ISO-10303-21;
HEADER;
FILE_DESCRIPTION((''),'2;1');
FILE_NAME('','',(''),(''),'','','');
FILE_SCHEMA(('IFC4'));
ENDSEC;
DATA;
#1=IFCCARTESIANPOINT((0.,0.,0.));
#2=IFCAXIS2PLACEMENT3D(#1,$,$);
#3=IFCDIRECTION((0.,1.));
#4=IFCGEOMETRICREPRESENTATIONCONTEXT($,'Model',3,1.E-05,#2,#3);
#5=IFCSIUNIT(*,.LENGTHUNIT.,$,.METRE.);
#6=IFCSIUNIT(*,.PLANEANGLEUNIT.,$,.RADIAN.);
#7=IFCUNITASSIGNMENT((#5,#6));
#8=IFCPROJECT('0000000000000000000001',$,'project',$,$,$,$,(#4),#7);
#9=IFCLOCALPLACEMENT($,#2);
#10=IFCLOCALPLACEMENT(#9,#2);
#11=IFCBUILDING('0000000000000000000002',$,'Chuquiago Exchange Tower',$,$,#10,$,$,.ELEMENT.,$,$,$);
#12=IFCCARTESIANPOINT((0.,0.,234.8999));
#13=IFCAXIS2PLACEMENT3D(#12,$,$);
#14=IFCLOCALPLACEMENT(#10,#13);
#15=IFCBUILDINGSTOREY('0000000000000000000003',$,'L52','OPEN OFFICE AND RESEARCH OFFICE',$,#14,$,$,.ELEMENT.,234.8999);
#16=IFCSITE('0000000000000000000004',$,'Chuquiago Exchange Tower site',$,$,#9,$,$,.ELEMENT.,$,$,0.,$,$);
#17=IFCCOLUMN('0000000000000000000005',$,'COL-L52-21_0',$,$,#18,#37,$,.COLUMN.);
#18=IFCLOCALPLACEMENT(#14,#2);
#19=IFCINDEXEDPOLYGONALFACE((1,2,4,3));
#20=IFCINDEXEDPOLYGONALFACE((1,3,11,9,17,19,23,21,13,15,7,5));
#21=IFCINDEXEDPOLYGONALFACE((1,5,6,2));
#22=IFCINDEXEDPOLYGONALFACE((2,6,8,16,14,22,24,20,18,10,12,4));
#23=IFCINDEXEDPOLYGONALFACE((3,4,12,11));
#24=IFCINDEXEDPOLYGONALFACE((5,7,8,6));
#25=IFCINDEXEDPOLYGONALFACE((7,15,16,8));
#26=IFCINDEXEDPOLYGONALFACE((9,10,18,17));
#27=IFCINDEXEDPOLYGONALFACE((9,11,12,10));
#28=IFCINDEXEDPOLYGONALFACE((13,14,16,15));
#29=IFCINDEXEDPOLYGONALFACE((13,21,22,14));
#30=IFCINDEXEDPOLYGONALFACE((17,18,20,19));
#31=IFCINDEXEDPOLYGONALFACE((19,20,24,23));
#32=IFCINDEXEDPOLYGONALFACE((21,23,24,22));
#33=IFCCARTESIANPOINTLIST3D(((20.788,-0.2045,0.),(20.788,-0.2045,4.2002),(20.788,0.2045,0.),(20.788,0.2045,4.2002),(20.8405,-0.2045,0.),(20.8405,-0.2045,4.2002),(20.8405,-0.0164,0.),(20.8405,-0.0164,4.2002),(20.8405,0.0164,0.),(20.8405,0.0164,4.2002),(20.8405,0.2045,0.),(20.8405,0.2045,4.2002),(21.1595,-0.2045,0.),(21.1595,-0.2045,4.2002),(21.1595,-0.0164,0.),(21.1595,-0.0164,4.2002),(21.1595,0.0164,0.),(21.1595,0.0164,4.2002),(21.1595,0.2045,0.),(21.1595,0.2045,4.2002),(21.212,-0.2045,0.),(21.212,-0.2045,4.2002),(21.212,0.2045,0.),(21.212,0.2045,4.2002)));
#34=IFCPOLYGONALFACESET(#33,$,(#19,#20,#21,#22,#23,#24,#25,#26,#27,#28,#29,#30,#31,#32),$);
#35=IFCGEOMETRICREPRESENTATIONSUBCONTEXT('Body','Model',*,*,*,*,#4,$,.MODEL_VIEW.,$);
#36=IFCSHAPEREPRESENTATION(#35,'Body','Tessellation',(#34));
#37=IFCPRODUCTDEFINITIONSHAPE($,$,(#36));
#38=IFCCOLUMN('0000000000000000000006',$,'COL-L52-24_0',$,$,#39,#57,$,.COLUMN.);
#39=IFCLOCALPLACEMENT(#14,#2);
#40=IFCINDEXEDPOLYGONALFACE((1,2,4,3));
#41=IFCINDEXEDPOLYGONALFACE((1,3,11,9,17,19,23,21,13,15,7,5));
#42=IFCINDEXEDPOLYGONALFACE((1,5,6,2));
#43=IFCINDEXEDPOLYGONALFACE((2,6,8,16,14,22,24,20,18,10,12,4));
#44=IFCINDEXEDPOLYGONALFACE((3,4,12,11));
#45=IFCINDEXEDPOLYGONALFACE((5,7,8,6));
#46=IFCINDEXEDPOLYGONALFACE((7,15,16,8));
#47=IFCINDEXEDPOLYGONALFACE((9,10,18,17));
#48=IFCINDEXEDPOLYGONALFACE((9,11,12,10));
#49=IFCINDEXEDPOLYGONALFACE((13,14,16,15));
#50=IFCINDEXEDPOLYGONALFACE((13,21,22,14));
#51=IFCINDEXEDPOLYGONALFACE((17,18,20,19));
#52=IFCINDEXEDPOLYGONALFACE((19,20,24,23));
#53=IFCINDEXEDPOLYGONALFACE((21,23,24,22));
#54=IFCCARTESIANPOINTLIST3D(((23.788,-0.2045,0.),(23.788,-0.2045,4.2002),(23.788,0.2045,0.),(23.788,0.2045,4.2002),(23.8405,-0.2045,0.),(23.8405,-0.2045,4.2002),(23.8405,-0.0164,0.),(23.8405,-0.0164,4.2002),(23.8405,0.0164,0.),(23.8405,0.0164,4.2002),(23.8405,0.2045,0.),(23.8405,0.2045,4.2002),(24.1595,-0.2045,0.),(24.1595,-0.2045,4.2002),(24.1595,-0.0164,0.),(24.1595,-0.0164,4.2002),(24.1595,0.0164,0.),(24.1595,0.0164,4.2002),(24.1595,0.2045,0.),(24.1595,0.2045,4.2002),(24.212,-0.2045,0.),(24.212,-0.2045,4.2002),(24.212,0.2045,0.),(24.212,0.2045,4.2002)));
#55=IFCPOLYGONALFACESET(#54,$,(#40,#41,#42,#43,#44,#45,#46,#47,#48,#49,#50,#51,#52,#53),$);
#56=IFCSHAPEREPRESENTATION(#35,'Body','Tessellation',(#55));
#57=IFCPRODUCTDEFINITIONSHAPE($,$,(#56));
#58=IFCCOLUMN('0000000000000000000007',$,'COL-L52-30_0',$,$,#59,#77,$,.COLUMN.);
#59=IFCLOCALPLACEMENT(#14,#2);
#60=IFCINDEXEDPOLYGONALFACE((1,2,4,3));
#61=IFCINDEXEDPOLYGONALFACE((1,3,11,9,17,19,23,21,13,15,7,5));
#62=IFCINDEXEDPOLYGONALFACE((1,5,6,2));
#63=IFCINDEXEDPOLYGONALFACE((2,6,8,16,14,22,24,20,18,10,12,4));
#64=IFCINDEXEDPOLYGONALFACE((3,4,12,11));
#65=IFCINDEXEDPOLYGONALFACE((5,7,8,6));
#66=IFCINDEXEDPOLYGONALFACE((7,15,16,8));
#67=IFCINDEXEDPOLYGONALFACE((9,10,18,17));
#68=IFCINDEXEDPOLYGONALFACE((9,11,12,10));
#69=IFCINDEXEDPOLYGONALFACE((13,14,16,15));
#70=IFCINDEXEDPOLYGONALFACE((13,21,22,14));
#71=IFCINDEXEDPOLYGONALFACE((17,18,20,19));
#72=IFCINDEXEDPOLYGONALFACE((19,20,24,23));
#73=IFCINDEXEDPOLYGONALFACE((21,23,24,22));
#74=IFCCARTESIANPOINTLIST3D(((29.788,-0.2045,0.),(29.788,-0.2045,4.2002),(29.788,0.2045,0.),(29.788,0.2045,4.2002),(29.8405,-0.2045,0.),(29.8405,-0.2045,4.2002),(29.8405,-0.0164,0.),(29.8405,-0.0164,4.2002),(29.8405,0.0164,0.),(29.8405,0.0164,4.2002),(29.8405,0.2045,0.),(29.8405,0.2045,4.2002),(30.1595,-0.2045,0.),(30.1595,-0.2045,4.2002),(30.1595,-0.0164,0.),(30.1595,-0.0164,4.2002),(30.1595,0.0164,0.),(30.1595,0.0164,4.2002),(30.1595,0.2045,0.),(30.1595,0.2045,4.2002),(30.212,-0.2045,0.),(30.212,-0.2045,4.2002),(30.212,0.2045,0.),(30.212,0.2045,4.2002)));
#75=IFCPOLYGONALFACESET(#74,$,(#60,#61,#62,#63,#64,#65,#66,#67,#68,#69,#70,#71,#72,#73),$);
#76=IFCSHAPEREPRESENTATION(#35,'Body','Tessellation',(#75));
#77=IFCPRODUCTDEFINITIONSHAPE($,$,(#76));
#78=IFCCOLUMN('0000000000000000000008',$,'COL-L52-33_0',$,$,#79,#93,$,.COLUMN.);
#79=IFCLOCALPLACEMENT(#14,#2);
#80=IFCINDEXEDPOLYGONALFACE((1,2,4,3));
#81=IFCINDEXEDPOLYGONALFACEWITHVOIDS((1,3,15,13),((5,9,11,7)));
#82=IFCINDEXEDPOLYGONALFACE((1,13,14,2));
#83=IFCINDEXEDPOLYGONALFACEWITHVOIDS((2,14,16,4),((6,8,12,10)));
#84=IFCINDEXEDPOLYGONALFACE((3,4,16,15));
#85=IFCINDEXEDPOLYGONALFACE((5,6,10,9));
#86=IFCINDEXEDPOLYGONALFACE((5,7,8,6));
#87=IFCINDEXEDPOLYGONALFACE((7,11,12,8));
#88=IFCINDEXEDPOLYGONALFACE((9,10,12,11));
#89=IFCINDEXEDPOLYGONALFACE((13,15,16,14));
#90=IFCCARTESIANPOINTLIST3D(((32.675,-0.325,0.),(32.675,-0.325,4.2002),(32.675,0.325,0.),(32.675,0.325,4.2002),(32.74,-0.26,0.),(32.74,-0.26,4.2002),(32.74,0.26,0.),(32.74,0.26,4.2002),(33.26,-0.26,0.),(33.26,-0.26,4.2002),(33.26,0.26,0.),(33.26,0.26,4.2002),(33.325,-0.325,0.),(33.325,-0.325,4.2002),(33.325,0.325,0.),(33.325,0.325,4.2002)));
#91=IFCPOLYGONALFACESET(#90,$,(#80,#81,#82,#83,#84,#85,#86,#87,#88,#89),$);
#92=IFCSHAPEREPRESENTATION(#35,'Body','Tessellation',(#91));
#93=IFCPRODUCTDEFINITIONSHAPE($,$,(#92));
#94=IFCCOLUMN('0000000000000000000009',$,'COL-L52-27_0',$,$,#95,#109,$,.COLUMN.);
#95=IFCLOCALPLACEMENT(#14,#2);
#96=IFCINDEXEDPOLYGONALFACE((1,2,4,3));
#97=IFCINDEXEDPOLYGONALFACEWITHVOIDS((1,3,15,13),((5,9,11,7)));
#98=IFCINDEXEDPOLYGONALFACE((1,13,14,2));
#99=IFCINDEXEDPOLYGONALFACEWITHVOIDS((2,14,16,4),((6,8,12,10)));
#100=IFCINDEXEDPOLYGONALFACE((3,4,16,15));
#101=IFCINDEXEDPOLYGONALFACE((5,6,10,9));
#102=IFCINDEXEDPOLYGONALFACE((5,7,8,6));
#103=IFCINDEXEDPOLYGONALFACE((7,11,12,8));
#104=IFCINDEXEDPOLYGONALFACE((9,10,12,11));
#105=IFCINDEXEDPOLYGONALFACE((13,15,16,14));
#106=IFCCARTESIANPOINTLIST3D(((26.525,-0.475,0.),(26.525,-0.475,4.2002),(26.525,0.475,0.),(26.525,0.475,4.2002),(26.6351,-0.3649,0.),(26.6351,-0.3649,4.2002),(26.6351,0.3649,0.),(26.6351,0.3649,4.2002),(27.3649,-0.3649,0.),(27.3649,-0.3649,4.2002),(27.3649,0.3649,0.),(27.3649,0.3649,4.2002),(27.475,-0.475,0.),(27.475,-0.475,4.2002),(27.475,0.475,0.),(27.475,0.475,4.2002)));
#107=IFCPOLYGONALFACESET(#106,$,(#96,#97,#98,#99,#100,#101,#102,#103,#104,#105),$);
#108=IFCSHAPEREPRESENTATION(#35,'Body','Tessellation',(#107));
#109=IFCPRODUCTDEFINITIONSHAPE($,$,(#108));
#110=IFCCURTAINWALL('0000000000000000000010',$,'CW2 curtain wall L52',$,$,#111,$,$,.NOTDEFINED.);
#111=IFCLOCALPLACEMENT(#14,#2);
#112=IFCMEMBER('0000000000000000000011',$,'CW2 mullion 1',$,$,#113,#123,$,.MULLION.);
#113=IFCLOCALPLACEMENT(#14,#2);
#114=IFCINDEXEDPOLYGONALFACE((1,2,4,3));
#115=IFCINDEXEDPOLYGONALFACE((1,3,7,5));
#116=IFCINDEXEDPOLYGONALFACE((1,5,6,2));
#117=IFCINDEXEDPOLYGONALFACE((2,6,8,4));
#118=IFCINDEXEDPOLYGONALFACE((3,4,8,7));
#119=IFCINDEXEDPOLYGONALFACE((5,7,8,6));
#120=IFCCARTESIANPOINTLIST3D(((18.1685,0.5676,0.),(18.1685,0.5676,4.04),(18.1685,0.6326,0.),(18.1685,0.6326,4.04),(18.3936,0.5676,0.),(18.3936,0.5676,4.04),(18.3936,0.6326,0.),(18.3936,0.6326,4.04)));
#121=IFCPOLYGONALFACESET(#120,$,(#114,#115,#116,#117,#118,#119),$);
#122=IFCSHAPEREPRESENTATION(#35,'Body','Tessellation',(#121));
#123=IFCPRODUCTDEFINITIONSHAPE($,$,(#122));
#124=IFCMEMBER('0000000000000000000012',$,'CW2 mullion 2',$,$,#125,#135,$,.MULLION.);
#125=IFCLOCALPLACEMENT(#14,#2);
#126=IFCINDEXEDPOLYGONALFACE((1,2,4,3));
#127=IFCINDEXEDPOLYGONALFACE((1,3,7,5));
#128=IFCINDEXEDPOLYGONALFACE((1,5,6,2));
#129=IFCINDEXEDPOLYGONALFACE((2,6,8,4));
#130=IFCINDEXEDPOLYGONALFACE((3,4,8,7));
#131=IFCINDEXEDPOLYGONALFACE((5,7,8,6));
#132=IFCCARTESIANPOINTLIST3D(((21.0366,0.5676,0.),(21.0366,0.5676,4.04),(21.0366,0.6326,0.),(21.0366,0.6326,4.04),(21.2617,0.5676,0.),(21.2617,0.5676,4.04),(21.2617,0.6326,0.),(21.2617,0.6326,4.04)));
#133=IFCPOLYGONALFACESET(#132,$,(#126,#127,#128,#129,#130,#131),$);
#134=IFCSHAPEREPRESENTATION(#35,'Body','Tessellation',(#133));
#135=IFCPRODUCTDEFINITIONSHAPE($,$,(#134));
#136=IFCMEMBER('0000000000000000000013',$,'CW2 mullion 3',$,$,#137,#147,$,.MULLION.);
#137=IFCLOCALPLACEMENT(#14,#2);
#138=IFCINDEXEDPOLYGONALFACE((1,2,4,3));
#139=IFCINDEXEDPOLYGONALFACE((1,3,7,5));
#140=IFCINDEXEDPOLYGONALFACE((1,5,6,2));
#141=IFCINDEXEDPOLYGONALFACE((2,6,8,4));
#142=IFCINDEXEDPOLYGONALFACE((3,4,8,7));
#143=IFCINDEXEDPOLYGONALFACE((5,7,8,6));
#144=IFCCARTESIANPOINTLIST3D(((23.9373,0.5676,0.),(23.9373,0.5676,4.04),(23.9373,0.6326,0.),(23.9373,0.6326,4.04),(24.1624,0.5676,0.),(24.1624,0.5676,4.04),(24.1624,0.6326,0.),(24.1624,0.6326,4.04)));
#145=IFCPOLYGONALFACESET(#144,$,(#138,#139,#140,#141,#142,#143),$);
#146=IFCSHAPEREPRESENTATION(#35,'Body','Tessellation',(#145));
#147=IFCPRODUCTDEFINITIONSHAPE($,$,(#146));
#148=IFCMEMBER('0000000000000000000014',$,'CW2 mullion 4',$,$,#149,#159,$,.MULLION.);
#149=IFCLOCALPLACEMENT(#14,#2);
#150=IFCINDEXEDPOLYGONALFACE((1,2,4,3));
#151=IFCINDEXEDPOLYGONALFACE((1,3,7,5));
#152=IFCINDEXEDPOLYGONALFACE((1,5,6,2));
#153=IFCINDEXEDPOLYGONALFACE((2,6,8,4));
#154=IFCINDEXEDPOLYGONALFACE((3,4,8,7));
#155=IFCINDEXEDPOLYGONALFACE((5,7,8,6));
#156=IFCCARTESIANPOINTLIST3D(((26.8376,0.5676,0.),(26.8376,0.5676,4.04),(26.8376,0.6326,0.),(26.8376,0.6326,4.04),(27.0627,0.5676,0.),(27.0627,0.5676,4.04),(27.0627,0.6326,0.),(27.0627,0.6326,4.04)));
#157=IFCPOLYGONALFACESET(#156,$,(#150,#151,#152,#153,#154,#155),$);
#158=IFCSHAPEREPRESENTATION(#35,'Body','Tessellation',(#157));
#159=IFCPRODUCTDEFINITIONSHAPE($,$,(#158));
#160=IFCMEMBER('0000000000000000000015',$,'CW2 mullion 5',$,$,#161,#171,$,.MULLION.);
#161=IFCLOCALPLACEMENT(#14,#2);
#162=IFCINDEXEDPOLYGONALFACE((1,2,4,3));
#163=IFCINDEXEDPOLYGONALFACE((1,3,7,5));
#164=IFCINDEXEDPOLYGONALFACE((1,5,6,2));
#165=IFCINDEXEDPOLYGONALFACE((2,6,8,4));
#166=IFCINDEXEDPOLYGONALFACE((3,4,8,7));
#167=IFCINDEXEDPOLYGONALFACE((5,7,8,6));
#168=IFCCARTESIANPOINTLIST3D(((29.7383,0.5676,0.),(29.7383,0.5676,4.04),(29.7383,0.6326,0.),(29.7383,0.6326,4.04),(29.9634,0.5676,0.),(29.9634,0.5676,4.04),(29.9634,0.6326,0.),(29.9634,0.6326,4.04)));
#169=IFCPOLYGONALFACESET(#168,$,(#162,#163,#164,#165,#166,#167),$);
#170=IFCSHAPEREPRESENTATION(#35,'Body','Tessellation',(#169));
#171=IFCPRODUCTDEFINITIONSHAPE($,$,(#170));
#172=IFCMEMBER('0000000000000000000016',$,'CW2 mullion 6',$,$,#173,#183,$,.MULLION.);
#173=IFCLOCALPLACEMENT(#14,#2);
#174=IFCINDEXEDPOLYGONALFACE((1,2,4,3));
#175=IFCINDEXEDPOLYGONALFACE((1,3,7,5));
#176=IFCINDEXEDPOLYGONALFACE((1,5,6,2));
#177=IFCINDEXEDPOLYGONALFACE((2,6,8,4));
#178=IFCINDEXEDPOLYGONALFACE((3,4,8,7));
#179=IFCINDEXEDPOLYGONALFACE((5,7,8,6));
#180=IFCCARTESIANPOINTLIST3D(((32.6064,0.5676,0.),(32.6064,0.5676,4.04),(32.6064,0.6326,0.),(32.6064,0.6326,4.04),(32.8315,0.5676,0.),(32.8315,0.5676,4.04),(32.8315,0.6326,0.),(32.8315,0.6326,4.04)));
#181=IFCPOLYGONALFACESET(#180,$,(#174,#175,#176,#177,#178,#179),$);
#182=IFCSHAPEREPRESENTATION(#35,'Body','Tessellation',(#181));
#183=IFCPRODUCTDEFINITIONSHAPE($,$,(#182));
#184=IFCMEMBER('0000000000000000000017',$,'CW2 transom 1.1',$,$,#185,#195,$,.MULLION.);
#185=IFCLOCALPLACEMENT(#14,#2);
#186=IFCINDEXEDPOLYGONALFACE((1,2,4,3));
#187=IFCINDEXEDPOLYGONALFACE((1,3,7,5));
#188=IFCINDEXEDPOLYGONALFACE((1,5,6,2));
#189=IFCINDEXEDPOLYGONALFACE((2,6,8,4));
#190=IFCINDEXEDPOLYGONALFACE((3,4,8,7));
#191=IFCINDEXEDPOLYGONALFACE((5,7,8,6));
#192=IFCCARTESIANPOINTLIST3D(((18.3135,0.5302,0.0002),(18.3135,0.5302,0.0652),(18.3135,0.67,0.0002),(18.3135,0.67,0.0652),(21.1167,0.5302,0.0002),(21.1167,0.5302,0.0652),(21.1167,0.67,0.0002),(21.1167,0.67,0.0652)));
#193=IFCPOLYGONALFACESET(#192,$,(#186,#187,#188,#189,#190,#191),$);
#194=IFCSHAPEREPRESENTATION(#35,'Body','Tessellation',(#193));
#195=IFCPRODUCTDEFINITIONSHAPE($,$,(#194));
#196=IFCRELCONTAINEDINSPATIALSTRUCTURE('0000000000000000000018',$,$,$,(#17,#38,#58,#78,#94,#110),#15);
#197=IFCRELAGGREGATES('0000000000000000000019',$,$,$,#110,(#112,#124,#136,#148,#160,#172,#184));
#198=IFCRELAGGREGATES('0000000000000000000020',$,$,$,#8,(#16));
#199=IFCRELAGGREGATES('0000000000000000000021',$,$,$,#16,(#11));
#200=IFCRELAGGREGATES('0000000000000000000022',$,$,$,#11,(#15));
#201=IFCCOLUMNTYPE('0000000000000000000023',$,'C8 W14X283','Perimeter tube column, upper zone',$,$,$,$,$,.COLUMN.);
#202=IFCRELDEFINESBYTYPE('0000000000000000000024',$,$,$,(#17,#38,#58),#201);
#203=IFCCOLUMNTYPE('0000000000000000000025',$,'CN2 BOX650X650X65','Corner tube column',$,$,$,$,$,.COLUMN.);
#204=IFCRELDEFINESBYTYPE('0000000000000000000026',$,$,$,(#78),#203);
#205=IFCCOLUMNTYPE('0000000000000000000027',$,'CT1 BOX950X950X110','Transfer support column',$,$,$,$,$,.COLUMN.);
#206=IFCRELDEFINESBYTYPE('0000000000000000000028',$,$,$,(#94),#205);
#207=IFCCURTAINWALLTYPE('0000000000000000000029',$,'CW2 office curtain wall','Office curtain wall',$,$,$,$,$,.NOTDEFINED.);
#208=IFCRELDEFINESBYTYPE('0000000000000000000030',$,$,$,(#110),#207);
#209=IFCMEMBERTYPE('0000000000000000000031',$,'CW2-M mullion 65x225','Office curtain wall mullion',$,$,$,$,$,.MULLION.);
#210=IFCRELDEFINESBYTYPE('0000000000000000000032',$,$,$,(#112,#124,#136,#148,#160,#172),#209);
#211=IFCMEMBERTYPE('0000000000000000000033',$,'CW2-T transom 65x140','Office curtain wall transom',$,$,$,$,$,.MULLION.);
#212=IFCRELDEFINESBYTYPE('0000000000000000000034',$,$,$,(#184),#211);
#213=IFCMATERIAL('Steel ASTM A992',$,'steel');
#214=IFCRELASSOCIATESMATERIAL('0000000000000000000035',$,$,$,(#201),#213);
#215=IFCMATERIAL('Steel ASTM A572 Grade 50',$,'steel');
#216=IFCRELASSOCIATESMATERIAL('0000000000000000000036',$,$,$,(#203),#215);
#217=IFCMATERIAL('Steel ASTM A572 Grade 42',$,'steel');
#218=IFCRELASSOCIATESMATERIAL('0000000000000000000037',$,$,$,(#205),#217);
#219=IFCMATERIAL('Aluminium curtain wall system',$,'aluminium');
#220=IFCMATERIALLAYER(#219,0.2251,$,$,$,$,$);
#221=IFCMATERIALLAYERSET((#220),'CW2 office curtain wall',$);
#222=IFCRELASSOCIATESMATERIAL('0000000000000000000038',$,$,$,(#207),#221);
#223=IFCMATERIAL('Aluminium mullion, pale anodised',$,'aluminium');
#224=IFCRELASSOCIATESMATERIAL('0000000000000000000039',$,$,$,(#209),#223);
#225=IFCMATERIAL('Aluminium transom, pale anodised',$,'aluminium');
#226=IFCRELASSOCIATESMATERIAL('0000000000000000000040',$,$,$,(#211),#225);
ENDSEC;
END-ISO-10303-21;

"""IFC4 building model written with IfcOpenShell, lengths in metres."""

from ifc_helpers import new_model, si_unit, direction, frame, origin, origin_2d, place, context, subcontext, project, spatial, rectangle, hollow_rectangle, i_section, extrude, material, layer, layer_set, material_profile, profile_set, type_object, element, aggregate, save


model = new_model("IFC4")

# Units and contexts
model_context = context("Model", 3, precision=1e-05, world=origin(), true_north=direction((0.0, 1.0)))
body_context = subcontext(model_context, "Body", "Model", "MODEL_VIEW")
ifc_project = project(units=[si_unit("LENGTHUNIT", "METRE"), si_unit("PLANEANGLEUNIT", "RADIAN")], contexts=[model_context])

# Site, building, storey
site_placement = place(None, origin())
site = spatial("IfcSite", under=ifc_project, at=site_placement, Name="Chuquiago Exchange Tower site", CompositionType="ELEMENT", RefElevation=0.0)
building_placement = place(site_placement, origin())
building = spatial("IfcBuilding", under=site, at=building_placement, Name="Chuquiago Exchange Tower", CompositionType="ELEMENT")
storey_placement = place(building_placement, frame((0.0, 0.0, 234.8999)))
storey = spatial("IfcBuildingStorey", under=building, at=storey_placement, Name="L52", Description="OPEN OFFICE AND RESEARCH OFFICE", CompositionType="ELEMENT", Elevation=234.8999)

# Columns
ifc_material_1 = material(Name="Steel ASTM A992", Category="steel")
ifc_material_profile_1 = material_profile(ifc_material_1, i_section(OverallWidth=0.4089, OverallDepth=0.4241, WebThickness=0.0327, FlangeThickness=0.0525, at=origin_2d()), Name="W14X283")
ifc_profile_set_1 = profile_set([ifc_material_profile_1], Name="Steel ASTM A992")
column_type_1 = type_object("IfcColumnType", Name="C8 W14X283", Description="Perimeter tube column, upper zone", PredefinedType="COLUMN", material=ifc_profile_set_1)
for number, where, z_axis, x_axis, name in (
    (1, (21.0, 0.0, 0.0), (0.0, 0.0, 1.0), (0.0, -1.0, 0.0), "COL-L52-21_0"),
    (2, (24.0, 0.0, 0.0), (0.0, 0.0, 1.0), (0.0, -1.0, 0.0), "COL-L52-24_0"),
    (3, (30.0, 0.0, 0.0), (0.0, 0.0, 1.0), (0.0, -1.0, 0.0), "COL-L52-30_0"),
):
    element("IfcColumn", number, at=place(storey_placement, frame(where, z_axis=z_axis, x_axis=x_axis)), inside=storey, type_object=column_type_1, Name=name, PredefinedType="COLUMN", context=body_context, shape_type="SweptSolid", body=[
        extrude(i_section(OverallWidth=0.4089, OverallDepth=0.4241, WebThickness=0.0327, FlangeThickness=0.0525, at=origin_2d()), origin(), (0.0, 0.0, 1.0), 4.2002),
    ])
ifc_material_2 = material(Name="Steel ASTM A572 Grade 50", Category="steel")
ifc_material_profile_2 = material_profile(ifc_material_2, hollow_rectangle(XDim=0.6499, YDim=0.6499, WallThickness=0.0649, at=origin_2d()), Name="BOX650X650X65")
ifc_profile_set_2 = profile_set([ifc_material_profile_2], Name="Steel ASTM A572 Grade 50")
column_type_2 = type_object("IfcColumnType", Name="CN2 BOX650X650X65", Description="Corner tube column", PredefinedType="COLUMN", material=ifc_profile_set_2)
column_1_placement = place(storey_placement, frame((33.0, 0.0, 0.0), z_axis=(0.0, 0.0, 1.0), x_axis=(0.0, -1.0, 0.0)))
element("IfcColumn", 4, at=column_1_placement, inside=storey, type_object=column_type_2, Name="COL-L52-33_0", PredefinedType="COLUMN", context=body_context, shape_type="SweptSolid", body=[
    extrude(hollow_rectangle(XDim=0.6499, YDim=0.6499, WallThickness=0.0649, at=origin_2d()), origin(), (0.0, 0.0, 1.0), 4.2002),
])
ifc_material_3 = material(Name="Steel ASTM A572 Grade 42", Category="steel")
ifc_material_profile_3 = material_profile(ifc_material_3, hollow_rectangle(XDim=0.95, YDim=0.95, WallThickness=0.1101, at=origin_2d()), Name="BOX950X950X110")
ifc_profile_set_3 = profile_set([ifc_material_profile_3], Name="Steel ASTM A572 Grade 42")
column_type_3 = type_object("IfcColumnType", Name="CT1 BOX950X950X110", Description="Transfer support column", PredefinedType="COLUMN", material=ifc_profile_set_3)
column_2_placement = place(storey_placement, frame((27.0, 0.0, 0.0), z_axis=(0.0, 0.0, 1.0), x_axis=(0.0, -1.0, 0.0)))
element("IfcColumn", 5, at=column_2_placement, inside=storey, type_object=column_type_3, Name="COL-L52-27_0", PredefinedType="COLUMN", context=body_context, shape_type="SweptSolid", body=[
    extrude(hollow_rectangle(XDim=0.95, YDim=0.95, WallThickness=0.1101, at=origin_2d()), origin(), (0.0, 0.0, 1.0), 4.2002),
])

# Curtain wall, members
ifc_material_4 = material(Name="Aluminium curtain wall system", Category="aluminium")
ifc_layer_1 = layer(ifc_material_4, 0.2251)
ifc_layer_set_1 = layer_set([ifc_layer_1], Name="CW2 office curtain wall")
curtain_wall_type_1 = type_object("IfcCurtainWallType", Name="CW2 office curtain wall", Description="Office curtain wall", PredefinedType="NOTDEFINED", material=ifc_layer_set_1)
curtain_wall_1_placement = place(storey_placement, origin())
curtain_wall_1 = element("IfcCurtainWall", 6, at=curtain_wall_1_placement, inside=storey, type_object=curtain_wall_type_1, Name="CW2 curtain wall L52", PredefinedType="NOTDEFINED")
ifc_material_5 = material(Name="Aluminium mullion, pale anodised", Category="aluminium")
ifc_material_profile_4 = material_profile(ifc_material_5, rectangle(XDim=0.0649, YDim=0.2251, at=origin_2d()), Name="AL 65x225")
ifc_profile_set_4 = profile_set([ifc_material_profile_4], Name="Aluminium mullion, pale anodised")
member_type_1 = type_object("IfcMemberType", Name="CW2-M mullion 65x225", Description="Office curtain wall mullion", PredefinedType="MULLION", material=ifc_profile_set_4)
member_1_placement = place(storey_placement, frame((18.281, 0.6001, 0.0), z_axis=(0.0, 0.0, 1.0), x_axis=(0.0, 1.0, 0.0)))
member_1 = element("IfcMember", 7, at=member_1_placement, type_object=member_type_1, Name="CW2 mullion 1", PredefinedType="MULLION", context=body_context, shape_type="SweptSolid", body=[
    extrude(rectangle(XDim=0.0649, YDim=0.2251, at=origin_2d()), origin(), (0.0, 0.0, 1.0), 4.04),
])
member_2_placement = place(storey_placement, frame((21.1492, 0.6001, 0.0), z_axis=(0.0, 0.0, 1.0), x_axis=(0.0, 1.0, 0.0)))
member_2 = element("IfcMember", 8, at=member_2_placement, type_object=member_type_1, Name="CW2 mullion 2", PredefinedType="MULLION", context=body_context, shape_type="SweptSolid", body=[
    extrude(rectangle(XDim=0.0649, YDim=0.2251, at=origin_2d()), origin(), (0.0, 0.0, 1.0), 4.04),
])
member_3_placement = place(storey_placement, frame((24.0498, 0.6001, 0.0), z_axis=(0.0, 0.0, 1.0), x_axis=(0.0, 1.0, 0.0)))
member_3 = element("IfcMember", 9, at=member_3_placement, type_object=member_type_1, Name="CW2 mullion 3", PredefinedType="MULLION", context=body_context, shape_type="SweptSolid", body=[
    extrude(rectangle(XDim=0.0649, YDim=0.2251, at=origin_2d()), origin(), (0.0, 0.0, 1.0), 4.04),
])
member_4_placement = place(storey_placement, frame((26.9502, 0.6001, 0.0), z_axis=(0.0, 0.0, 1.0), x_axis=(0.0, 1.0, 0.0)))
member_4 = element("IfcMember", 10, at=member_4_placement, type_object=member_type_1, Name="CW2 mullion 4", PredefinedType="MULLION", context=body_context, shape_type="SweptSolid", body=[
    extrude(rectangle(XDim=0.0649, YDim=0.2251, at=origin_2d()), origin(), (0.0, 0.0, 1.0), 4.04),
])
member_5_placement = place(storey_placement, frame((29.8508, 0.6001, 0.0), z_axis=(0.0, 0.0, 1.0), x_axis=(0.0, 1.0, 0.0)))
member_5 = element("IfcMember", 11, at=member_5_placement, type_object=member_type_1, Name="CW2 mullion 5", PredefinedType="MULLION", context=body_context, shape_type="SweptSolid", body=[
    extrude(rectangle(XDim=0.0649, YDim=0.2251, at=origin_2d()), origin(), (0.0, 0.0, 1.0), 4.04),
])
member_6_placement = place(storey_placement, frame((32.719, 0.6001, 0.0), z_axis=(0.0, 0.0, 1.0), x_axis=(0.0, 1.0, 0.0)))
member_6 = element("IfcMember", 12, at=member_6_placement, type_object=member_type_1, Name="CW2 mullion 6", PredefinedType="MULLION", context=body_context, shape_type="SweptSolid", body=[
    extrude(rectangle(XDim=0.0649, YDim=0.2251, at=origin_2d()), origin(), (0.0, 0.0, 1.0), 4.04),
])
ifc_material_6 = material(Name="Aluminium transom, pale anodised", Category="aluminium")
ifc_material_profile_5 = material_profile(ifc_material_6, rectangle(XDim=0.1399, YDim=0.0649, at=origin_2d()), Name="AL 140x65")
ifc_profile_set_5 = profile_set([ifc_material_profile_5], Name="Aluminium transom, pale anodised")
member_type_2 = type_object("IfcMemberType", Name="CW2-T transom 65x140", Description="Office curtain wall transom", PredefinedType="MULLION", material=ifc_profile_set_5)
member_7_placement = place(storey_placement, frame((18.3135, 0.6001, 0.0327), z_axis=(1.0, 0.0, 0.0), x_axis=(0.0, 1.0, 0.0)))
member_7 = element("IfcMember", 13, at=member_7_placement, type_object=member_type_2, Name="CW2 transom 1.1", PredefinedType="MULLION", context=body_context, shape_type="SweptSolid", body=[
    extrude(rectangle(XDim=0.1399, YDim=0.0649, at=origin_2d()), origin(), (0.0, 0.0, 1.0), 2.8032),
])

aggregate(curtain_wall_1, [member_1, member_2, member_3, member_4, member_5, member_6, member_7])

save(model, "model.ifc")
